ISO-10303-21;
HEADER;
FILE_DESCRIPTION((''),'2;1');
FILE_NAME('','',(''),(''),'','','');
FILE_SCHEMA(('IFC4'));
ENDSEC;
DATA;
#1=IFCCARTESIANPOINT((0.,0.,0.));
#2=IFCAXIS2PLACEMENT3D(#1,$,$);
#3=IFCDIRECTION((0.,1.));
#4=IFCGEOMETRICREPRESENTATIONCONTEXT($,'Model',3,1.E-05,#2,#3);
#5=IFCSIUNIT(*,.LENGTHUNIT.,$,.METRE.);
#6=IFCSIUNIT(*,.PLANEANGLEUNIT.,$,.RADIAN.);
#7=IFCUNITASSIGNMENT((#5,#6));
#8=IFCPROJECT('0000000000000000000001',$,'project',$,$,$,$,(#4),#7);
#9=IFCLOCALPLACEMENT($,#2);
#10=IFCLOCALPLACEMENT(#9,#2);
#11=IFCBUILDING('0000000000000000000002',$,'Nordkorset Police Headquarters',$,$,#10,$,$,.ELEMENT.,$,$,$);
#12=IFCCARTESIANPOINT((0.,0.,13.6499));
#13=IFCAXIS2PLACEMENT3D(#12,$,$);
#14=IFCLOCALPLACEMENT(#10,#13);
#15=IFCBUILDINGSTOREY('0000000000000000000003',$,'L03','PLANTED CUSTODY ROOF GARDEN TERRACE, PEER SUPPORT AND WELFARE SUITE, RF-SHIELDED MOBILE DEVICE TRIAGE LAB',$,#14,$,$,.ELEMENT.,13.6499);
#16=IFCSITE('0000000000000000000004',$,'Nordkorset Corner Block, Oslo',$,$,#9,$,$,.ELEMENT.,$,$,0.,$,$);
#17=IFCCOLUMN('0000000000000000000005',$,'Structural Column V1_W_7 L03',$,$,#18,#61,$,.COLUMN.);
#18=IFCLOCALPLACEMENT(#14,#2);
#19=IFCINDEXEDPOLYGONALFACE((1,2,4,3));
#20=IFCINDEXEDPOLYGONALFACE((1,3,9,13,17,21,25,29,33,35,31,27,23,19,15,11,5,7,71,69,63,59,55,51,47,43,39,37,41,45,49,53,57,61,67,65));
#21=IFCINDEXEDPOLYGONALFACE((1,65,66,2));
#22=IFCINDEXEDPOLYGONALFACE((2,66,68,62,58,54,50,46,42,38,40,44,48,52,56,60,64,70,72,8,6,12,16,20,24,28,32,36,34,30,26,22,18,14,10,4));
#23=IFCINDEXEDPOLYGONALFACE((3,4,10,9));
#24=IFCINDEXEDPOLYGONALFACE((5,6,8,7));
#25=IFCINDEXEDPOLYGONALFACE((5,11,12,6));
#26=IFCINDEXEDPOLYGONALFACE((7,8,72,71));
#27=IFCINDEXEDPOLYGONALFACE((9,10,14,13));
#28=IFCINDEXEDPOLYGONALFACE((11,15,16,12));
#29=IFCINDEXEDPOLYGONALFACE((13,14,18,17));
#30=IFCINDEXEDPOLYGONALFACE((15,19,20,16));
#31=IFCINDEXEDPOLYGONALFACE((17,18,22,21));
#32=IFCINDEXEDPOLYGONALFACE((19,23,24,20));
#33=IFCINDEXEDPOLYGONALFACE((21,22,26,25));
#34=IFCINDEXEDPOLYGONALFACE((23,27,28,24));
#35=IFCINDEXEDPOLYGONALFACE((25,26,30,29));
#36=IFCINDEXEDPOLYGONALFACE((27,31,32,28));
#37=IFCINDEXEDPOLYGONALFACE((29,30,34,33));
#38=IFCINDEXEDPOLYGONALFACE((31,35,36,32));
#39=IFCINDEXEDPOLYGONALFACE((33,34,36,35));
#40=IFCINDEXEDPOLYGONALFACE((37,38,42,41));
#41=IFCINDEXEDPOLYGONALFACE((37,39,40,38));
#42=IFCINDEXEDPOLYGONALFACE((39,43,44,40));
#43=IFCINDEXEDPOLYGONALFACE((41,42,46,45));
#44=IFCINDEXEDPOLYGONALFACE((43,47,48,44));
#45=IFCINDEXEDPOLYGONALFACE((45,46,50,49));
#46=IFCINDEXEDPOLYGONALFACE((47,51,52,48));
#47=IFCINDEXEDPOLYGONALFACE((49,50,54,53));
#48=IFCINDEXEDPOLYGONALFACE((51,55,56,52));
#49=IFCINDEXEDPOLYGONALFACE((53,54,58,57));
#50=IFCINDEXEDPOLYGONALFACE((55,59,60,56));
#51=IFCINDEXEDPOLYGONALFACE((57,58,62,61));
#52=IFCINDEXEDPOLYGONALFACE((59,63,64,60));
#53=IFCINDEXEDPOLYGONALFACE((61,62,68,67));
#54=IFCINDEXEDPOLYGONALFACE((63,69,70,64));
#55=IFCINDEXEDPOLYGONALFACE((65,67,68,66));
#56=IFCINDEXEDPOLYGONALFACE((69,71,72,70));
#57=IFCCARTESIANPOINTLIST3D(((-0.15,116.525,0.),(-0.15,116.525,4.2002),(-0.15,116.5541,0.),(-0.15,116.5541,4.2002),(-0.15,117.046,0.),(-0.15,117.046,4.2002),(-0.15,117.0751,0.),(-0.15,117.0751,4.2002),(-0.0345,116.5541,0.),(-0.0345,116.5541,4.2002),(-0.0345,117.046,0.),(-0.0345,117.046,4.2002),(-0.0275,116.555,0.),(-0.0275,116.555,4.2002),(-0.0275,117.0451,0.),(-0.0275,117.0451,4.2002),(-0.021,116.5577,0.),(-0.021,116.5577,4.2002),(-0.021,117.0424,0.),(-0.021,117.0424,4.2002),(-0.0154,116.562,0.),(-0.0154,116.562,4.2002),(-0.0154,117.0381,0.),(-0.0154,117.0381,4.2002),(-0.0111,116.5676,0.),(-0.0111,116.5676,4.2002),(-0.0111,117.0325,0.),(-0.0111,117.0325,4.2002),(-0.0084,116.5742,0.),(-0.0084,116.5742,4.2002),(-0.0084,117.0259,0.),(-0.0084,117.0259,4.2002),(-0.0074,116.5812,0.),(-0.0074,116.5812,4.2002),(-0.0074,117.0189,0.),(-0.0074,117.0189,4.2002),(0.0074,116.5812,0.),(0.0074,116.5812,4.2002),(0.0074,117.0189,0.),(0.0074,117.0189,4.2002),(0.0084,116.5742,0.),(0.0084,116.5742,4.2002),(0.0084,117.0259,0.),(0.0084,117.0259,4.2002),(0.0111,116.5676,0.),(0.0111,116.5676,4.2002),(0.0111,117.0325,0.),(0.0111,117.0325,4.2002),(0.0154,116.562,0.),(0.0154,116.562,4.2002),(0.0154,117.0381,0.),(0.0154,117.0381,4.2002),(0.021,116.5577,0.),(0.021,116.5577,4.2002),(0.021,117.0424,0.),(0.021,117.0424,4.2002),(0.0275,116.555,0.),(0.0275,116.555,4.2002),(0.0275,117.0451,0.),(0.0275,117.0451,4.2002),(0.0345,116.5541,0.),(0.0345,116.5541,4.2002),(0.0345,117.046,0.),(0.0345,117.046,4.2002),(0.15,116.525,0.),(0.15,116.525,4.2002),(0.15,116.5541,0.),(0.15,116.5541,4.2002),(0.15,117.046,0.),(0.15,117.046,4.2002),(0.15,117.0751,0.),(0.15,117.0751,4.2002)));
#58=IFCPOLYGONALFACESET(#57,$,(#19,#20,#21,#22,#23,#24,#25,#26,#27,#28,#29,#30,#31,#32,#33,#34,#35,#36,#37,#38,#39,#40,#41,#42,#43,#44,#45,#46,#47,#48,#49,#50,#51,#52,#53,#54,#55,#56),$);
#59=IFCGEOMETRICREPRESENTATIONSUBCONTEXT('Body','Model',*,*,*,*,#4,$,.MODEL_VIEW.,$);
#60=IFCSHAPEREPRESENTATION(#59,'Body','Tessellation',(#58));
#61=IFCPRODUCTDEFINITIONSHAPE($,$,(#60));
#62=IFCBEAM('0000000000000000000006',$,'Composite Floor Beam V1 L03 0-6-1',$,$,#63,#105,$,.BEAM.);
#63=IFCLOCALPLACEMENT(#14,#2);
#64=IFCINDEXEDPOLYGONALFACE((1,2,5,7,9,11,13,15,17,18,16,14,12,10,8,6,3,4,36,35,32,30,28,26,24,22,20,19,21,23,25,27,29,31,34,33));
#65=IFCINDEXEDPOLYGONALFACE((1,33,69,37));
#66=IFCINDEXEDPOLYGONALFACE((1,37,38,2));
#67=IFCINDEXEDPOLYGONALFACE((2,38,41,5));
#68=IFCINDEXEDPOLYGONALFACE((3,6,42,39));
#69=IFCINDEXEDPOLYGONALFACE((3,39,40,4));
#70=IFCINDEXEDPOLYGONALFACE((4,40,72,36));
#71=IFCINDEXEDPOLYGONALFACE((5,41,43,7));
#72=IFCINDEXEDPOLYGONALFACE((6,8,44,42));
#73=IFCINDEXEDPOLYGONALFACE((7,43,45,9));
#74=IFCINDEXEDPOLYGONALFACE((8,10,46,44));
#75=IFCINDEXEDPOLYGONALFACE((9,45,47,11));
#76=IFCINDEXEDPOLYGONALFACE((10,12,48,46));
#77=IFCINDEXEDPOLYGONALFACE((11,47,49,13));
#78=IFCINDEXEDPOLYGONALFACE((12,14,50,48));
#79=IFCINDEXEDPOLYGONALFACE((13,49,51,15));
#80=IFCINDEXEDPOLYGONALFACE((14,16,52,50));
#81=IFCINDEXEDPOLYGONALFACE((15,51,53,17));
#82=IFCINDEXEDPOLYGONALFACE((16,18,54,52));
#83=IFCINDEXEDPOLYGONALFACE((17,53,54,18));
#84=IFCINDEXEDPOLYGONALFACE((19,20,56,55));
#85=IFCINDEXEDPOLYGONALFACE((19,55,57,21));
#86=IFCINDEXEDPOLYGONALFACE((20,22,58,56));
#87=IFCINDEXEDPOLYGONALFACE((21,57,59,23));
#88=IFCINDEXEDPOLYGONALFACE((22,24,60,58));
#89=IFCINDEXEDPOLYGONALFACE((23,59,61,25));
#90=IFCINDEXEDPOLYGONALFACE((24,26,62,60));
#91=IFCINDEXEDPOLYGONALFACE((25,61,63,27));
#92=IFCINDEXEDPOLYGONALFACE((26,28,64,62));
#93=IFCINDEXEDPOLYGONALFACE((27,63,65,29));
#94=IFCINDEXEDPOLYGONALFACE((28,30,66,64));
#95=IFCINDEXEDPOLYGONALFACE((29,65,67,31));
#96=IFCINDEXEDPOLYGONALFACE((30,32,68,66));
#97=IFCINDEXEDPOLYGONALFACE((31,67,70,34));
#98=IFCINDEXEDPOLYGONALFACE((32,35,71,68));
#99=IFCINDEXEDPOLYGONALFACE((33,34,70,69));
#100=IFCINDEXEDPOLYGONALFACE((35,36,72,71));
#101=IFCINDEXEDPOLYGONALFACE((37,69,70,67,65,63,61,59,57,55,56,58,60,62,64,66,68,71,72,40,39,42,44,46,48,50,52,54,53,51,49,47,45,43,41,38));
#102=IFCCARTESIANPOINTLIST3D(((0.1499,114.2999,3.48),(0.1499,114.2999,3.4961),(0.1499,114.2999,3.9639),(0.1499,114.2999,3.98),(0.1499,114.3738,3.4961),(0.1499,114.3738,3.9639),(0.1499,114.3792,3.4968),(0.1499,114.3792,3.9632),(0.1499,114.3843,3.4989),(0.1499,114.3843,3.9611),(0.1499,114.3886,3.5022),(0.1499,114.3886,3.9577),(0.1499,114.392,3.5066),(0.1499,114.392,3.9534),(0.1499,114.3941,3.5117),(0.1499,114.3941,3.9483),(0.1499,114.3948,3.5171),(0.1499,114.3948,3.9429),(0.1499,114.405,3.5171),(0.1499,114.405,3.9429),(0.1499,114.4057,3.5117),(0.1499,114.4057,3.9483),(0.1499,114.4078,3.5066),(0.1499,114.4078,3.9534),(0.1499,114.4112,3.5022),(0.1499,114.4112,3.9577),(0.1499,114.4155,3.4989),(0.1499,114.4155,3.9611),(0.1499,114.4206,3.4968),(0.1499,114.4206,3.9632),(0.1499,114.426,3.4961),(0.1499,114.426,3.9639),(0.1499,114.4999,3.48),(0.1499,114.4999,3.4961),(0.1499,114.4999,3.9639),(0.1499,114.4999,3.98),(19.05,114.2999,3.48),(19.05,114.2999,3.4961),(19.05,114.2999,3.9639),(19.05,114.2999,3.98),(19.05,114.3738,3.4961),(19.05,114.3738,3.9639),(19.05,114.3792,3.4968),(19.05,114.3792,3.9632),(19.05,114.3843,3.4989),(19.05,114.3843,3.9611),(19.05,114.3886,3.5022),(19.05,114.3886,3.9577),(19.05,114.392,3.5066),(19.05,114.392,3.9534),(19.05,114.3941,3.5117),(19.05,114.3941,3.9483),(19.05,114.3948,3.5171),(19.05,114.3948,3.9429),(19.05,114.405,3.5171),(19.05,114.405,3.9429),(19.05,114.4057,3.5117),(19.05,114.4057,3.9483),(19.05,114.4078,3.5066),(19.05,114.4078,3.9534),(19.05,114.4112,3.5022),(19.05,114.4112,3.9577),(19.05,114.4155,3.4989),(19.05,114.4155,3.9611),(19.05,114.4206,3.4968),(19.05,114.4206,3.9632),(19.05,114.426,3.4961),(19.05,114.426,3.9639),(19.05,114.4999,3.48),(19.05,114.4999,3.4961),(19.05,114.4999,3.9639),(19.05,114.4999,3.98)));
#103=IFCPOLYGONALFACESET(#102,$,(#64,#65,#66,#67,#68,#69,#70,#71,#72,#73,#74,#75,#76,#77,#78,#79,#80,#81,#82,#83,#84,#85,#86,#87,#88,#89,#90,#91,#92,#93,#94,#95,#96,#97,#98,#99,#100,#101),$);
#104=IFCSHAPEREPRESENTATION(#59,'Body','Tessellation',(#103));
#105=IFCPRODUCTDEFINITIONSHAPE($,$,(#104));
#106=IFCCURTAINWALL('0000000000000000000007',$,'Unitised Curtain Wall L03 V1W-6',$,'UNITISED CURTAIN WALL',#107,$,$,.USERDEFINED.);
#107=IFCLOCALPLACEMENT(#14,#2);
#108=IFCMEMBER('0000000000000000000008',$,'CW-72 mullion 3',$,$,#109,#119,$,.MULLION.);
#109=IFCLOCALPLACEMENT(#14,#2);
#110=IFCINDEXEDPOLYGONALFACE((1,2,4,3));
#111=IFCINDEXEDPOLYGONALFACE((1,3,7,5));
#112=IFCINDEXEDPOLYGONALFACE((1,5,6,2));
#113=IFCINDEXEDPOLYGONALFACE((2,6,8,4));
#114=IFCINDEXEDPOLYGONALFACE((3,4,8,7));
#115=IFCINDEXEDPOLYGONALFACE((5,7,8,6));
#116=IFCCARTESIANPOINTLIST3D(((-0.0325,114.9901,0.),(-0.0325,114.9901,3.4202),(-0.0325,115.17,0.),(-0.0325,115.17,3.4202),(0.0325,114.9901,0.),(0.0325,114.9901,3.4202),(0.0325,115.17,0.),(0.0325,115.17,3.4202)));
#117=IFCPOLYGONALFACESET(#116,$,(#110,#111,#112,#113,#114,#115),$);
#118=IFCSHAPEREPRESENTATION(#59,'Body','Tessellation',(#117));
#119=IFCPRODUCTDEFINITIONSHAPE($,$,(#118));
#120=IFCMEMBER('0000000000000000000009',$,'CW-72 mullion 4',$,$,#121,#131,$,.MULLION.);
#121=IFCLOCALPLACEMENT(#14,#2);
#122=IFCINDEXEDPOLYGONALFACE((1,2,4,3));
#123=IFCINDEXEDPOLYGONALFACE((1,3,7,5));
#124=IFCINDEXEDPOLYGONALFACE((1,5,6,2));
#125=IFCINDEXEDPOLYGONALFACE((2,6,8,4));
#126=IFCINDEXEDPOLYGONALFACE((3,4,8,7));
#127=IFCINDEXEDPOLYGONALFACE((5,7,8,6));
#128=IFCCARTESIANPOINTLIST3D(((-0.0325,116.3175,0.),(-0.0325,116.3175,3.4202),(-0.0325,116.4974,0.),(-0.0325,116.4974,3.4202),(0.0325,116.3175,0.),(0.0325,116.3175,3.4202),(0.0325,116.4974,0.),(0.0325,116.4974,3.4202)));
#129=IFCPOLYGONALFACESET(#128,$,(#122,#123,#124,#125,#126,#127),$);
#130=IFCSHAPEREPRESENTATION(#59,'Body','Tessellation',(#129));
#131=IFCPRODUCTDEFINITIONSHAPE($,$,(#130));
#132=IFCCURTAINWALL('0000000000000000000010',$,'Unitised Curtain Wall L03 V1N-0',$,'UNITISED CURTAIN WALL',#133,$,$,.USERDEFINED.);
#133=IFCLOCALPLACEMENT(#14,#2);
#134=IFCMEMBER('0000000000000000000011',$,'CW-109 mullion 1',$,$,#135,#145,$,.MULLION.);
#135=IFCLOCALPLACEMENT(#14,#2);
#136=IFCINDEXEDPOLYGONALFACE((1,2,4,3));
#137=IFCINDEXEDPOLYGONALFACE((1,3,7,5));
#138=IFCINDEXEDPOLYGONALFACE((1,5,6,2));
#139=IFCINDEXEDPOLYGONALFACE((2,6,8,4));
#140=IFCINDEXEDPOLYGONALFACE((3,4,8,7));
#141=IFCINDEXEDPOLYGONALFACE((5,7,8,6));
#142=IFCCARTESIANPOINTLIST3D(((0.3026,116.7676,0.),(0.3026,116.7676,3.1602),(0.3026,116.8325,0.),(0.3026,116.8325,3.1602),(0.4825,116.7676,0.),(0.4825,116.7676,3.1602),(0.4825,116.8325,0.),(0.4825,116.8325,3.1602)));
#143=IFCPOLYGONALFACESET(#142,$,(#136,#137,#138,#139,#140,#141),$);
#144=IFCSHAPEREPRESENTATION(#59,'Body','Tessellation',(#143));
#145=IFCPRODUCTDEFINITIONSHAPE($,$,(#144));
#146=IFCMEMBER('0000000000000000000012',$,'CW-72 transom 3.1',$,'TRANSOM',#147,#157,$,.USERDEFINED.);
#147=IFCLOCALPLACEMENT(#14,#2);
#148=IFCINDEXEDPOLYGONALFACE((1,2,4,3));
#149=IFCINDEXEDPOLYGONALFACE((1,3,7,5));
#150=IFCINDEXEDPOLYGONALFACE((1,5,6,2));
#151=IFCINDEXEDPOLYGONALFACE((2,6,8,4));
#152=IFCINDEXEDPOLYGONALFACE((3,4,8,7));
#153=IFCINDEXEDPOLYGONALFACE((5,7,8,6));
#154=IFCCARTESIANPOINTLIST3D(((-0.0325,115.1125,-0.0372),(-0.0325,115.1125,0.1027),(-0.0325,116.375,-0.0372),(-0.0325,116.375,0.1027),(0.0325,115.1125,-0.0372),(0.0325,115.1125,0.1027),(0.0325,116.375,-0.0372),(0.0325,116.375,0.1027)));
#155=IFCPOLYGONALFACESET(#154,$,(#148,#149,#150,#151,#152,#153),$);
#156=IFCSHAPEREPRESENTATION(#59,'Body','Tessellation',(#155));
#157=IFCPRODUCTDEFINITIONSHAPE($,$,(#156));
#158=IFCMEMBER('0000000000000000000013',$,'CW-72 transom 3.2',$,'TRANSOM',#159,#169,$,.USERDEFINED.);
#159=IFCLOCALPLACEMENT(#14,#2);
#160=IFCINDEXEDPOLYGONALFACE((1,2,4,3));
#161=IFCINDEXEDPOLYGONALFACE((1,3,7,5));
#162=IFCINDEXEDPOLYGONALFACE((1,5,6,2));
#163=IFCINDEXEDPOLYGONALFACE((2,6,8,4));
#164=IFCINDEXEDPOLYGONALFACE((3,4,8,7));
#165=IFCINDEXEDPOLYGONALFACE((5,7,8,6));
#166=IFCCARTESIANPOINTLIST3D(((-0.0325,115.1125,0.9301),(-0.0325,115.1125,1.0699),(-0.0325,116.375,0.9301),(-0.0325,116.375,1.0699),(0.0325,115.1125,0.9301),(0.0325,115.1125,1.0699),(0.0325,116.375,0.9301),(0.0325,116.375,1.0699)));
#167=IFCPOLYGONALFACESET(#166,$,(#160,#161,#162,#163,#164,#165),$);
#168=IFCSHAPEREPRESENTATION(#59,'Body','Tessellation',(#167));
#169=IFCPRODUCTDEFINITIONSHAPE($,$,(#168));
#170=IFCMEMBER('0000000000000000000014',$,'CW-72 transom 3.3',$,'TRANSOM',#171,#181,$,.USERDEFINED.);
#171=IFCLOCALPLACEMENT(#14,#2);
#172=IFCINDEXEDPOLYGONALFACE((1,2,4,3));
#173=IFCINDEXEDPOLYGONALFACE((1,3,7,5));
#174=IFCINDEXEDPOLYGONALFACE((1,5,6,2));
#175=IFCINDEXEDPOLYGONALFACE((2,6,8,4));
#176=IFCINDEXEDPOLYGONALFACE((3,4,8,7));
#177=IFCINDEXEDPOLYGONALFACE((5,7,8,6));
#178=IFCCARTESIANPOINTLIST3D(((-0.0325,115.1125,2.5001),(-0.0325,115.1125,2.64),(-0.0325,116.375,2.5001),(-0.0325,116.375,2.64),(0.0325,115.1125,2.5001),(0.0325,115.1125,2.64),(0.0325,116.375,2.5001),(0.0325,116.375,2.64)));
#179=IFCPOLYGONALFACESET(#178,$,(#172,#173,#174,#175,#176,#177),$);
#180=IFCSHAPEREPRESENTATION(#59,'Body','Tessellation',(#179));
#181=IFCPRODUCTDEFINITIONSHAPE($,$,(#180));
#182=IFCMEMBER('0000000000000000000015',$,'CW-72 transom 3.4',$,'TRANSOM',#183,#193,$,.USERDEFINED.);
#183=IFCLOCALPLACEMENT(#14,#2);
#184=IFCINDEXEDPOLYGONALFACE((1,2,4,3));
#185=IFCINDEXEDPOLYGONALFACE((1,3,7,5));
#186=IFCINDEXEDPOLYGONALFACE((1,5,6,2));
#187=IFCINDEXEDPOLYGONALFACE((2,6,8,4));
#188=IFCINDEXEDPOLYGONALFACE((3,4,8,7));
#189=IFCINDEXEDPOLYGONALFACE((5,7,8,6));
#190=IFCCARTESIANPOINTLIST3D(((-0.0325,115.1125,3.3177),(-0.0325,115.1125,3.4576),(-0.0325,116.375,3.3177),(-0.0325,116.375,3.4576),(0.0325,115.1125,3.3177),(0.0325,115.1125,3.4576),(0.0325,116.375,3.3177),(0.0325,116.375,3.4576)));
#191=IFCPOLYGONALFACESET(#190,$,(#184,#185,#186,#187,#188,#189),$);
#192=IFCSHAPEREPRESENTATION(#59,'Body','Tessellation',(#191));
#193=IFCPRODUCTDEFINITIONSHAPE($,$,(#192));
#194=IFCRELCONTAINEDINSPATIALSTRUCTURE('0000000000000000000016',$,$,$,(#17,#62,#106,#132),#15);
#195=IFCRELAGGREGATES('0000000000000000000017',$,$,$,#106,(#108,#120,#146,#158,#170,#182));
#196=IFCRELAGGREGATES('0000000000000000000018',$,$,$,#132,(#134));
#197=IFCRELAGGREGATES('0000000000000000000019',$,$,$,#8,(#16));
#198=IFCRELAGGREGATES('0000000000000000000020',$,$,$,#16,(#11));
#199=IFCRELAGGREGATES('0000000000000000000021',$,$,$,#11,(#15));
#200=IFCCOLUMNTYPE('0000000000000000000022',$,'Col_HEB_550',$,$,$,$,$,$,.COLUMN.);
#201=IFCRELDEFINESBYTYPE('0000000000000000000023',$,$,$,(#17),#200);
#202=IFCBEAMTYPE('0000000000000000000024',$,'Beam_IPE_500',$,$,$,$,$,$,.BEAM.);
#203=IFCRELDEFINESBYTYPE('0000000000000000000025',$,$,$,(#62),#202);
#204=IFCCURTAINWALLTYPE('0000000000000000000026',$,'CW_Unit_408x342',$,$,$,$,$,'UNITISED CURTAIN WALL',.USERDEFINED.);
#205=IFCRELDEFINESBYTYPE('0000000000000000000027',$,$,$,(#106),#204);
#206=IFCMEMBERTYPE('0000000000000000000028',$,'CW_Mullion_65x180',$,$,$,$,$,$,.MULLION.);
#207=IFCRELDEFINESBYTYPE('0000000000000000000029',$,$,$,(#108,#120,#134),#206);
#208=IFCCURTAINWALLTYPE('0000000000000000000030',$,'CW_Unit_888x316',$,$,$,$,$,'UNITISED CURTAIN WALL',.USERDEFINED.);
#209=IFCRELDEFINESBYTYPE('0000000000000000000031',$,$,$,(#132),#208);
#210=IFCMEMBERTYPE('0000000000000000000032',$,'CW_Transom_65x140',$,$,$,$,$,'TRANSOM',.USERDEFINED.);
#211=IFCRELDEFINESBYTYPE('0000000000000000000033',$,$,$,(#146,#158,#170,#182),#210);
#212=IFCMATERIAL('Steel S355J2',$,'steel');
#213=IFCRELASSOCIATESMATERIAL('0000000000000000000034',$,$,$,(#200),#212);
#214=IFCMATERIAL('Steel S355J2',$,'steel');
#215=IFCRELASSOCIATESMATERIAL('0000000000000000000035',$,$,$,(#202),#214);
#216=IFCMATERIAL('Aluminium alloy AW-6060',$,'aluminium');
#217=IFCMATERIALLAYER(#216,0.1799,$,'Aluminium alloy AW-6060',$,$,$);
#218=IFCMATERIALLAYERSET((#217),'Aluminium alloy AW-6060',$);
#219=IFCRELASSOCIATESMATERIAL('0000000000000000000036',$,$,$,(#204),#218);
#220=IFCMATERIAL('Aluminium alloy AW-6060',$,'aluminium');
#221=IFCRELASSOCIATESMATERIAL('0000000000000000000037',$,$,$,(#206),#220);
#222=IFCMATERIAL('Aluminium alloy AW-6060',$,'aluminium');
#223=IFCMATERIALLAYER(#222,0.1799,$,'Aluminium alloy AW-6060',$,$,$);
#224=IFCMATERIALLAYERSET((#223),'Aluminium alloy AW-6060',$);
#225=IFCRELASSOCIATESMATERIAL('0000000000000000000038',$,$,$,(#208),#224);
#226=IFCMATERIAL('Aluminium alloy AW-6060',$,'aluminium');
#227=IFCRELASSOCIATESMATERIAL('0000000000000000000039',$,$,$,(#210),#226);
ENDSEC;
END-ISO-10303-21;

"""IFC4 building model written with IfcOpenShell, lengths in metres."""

from ifc_helpers import new_model, si_unit, direction, frame, origin, origin_2d, place, context, subcontext, project, spatial, rectangle, i_section, extrude, material, layer, layer_set, material_profile, profile_set, type_object, element, aggregate, save


model = new_model("IFC4")

# Units and contexts
model_context = context("Model", 3, precision=1e-05, world=origin(), true_north=direction((0.0, 1.0)))
body_context = subcontext(model_context, "Body", "Model", "MODEL_VIEW")
ifc_project = project(units=[si_unit("LENGTHUNIT", "METRE"), si_unit("PLANEANGLEUNIT", "RADIAN")], contexts=[model_context])

# Site, building, storey
site_placement = place(None, origin())
site = spatial("IfcSite", under=ifc_project, at=site_placement, Name="Nordkorset Corner Block, Oslo", CompositionType="ELEMENT", RefElevation=0.0)
building_placement = place(site_placement, origin())
building = spatial("IfcBuilding", under=site, at=building_placement, Name="Nordkorset Police Headquarters", CompositionType="ELEMENT")
storey_placement = place(building_placement, frame((0.0, 0.0, 13.6499)))
storey = spatial("IfcBuildingStorey", under=building, at=storey_placement, Name="L03", Description="PLANTED CUSTODY ROOF GARDEN TERRACE, PEER SUPPORT AND WELFARE SUITE, RF-SHIELDED MOBILE DEVICE TRIAGE LAB", CompositionType="ELEMENT", Elevation=13.6499)

# Column
ifc_material_1 = material(Name="Steel S355J2", Category="steel")
ifc_material_profile_1 = material_profile(ifc_material_1, i_section(OverallWidth=0.3, OverallDepth=0.55, WebThickness=0.0149, FlangeThickness=0.0291, FilletRadius=0.0271, at=origin_2d()), Name="HEB 550")
ifc_profile_set_1 = profile_set([ifc_material_profile_1], Name="Steel S355J2")
column_type = type_object("IfcColumnType", Name="Col_HEB_550", PredefinedType="COLUMN", material=ifc_profile_set_1)
column_placement = place(storey_placement, frame((0.0, 116.8, 0.0), z_axis=(0.0, 0.0, 1.0), x_axis=(1.0, 0.0, 0.0)))
element("IfcColumn", 1, at=column_placement, inside=storey, type_object=column_type, Name="Structural Column V1_W_7 L03", PredefinedType="COLUMN", context=body_context, shape_type="SweptSolid", body=[
    extrude(i_section(OverallWidth=0.3, OverallDepth=0.55, WebThickness=0.0149, FlangeThickness=0.0291, FilletRadius=0.0271, at=origin_2d()), origin(), (0.0, 0.0, 1.0), 4.2002),
])

# Beam
ifc_material_2 = material(Name="Steel S355J2", Category="steel")
ifc_material_profile_2 = material_profile(ifc_material_2, i_section(OverallWidth=0.2, OverallDepth=0.5, WebThickness=0.0103, FlangeThickness=0.0161, FilletRadius=0.021, at=origin_2d()), Name="IPE 500")
ifc_profile_set_2 = profile_set([ifc_material_profile_2], Name="Steel S355J2")
beam_type_1 = type_object("IfcBeamType", Name="Beam_IPE_500", PredefinedType="BEAM", material=ifc_profile_set_2)
beam_1_placement = place(storey_placement, frame((0.1499, 114.3999, 3.73), z_axis=(1.0, 0.0, 0.0), x_axis=(0.0, 1.0, 0.0)))
element("IfcBeam", 2, at=beam_1_placement, inside=storey, type_object=beam_type_1, Name="Composite Floor Beam V1 L03 0-6-1", PredefinedType="BEAM", context=body_context, shape_type="SweptSolid", body=[
    extrude(i_section(OverallWidth=0.2, OverallDepth=0.5, WebThickness=0.0103, FlangeThickness=0.0161, FilletRadius=0.021, at=origin_2d()), origin(), (0.0, 0.0, 1.0), 18.9001),
])

# Curtain wall, members
ifc_material_3 = material(Name="Aluminium alloy AW-6060", Category="aluminium")
ifc_layer_1 = layer(ifc_material_3, 0.1799, Name="Aluminium alloy AW-6060")
ifc_layer_set_1 = layer_set([ifc_layer_1], Name="Aluminium alloy AW-6060")
curtain_wall_type_1 = type_object("IfcCurtainWallType", Name="CW_Unit_408x342", ElementType="UNITISED CURTAIN WALL", PredefinedType="USERDEFINED", material=ifc_layer_set_1)
curtain_wall_1_placement = place(storey_placement, origin())
curtain_wall_1 = element("IfcCurtainWall", 3, at=curtain_wall_1_placement, inside=storey, type_object=curtain_wall_type_1, Name="Unitised Curtain Wall L03 V1W-6", ObjectType="UNITISED CURTAIN WALL", PredefinedType="USERDEFINED")
ifc_material_4 = material(Name="Aluminium alloy AW-6060", Category="aluminium")
ifc_material_profile_3 = material_profile(ifc_material_4, rectangle(XDim=0.0649, YDim=0.1799, at=origin_2d()), Name="ALU MULL 65x180")
ifc_profile_set_3 = profile_set([ifc_material_profile_3], Name="Aluminium alloy AW-6060")
member_type_1 = type_object("IfcMemberType", Name="CW_Mullion_65x180", PredefinedType="MULLION", material=ifc_profile_set_3)
member_1_placement = place(storey_placement, frame((0.0, 115.0801, 0.0), z_axis=(0.0, 0.0, 1.0), x_axis=(-1.0, 0.0, 0.0)))
member_1 = element("IfcMember", 4, at=member_1_placement, type_object=member_type_1, Name="CW-72 mullion 3", PredefinedType="MULLION", context=body_context, shape_type="SweptSolid", body=[
    extrude(rectangle(XDim=0.0649, YDim=0.1799, at=origin_2d()), origin(), (0.0, 0.0, 1.0), 3.4202),
])
member_2_placement = place(storey_placement, frame((0.0, 116.4075, 0.0), z_axis=(0.0, 0.0, 1.0), x_axis=(-1.0, 0.0, 0.0)))
member_2 = element("IfcMember", 5, at=member_2_placement, type_object=member_type_1, Name="CW-72 mullion 4", PredefinedType="MULLION", context=body_context, shape_type="SweptSolid", body=[
    extrude(rectangle(XDim=0.0649, YDim=0.1799, at=origin_2d()), origin(), (0.0, 0.0, 1.0), 3.4202),
])

# Curtain wall, member
ifc_material_5 = material(Name="Aluminium alloy AW-6060", Category="aluminium")
ifc_layer_2 = layer(ifc_material_5, 0.1799, Name="Aluminium alloy AW-6060")
ifc_layer_set_2 = layer_set([ifc_layer_2], Name="Aluminium alloy AW-6060")
curtain_wall_type_2 = type_object("IfcCurtainWallType", Name="CW_Unit_888x316", ElementType="UNITISED CURTAIN WALL", PredefinedType="USERDEFINED", material=ifc_layer_set_2)
curtain_wall_2_placement = place(storey_placement, origin())
curtain_wall_2 = element("IfcCurtainWall", 6, at=curtain_wall_2_placement, inside=storey, type_object=curtain_wall_type_2, Name="Unitised Curtain Wall L03 V1N-0", ObjectType="UNITISED CURTAIN WALL", PredefinedType="USERDEFINED")
member_3_placement = place(storey_placement, frame((0.3926, 116.8, 0.0), z_axis=(0.0, 0.0, 1.0), x_axis=(0.0, 1.0, 0.0)))
member_3 = element("IfcMember", 7, at=member_3_placement, type_object=member_type_1, Name="CW-109 mullion 1", PredefinedType="MULLION", context=body_context, shape_type="SweptSolid", body=[
    extrude(rectangle(XDim=0.0649, YDim=0.1799, at=origin_2d()), origin(), (0.0, 0.0, 1.0), 3.1602),
])

# Members
ifc_material_6 = material(Name="Aluminium alloy AW-6060", Category="aluminium")
ifc_material_profile_4 = material_profile(ifc_material_6, rectangle(XDim=0.0649, YDim=0.1399, at=origin_2d()), Name="ALU TRAN 65x140")
ifc_profile_set_4 = profile_set([ifc_material_profile_4], Name="Aluminium alloy AW-6060")
member_type_2 = type_object("IfcMemberType", Name="CW_Transom_65x140", ElementType="TRANSOM", PredefinedType="USERDEFINED", material=ifc_profile_set_4)
member_4_placement = place(storey_placement, frame((0.0, 115.1125, 0.0327), z_axis=(0.0, 1.0, 0.0), x_axis=(-1.0, 0.0, 0.0)))
member_4 = element("IfcMember", 8, at=member_4_placement, type_object=member_type_2, Name="CW-72 transom 3.1", ObjectType="TRANSOM", PredefinedType="USERDEFINED", context=body_context, shape_type="SweptSolid", body=[
    extrude(rectangle(XDim=0.0649, YDim=0.1399, at=origin_2d()), origin(), (0.0, 0.0, 1.0), 1.2625),
])
member_5_placement = place(storey_placement, frame((0.0, 115.1125, 1.0), z_axis=(0.0, 1.0, 0.0), x_axis=(-1.0, 0.0, 0.0)))
member_5 = element("IfcMember", 9, at=member_5_placement, type_object=member_type_2, Name="CW-72 transom 3.2", ObjectType="TRANSOM", PredefinedType="USERDEFINED", context=body_context, shape_type="SweptSolid", body=[
    extrude(rectangle(XDim=0.0649, YDim=0.1399, at=origin_2d()), origin(), (0.0, 0.0, 1.0), 1.2625),
])
member_6_placement = place(storey_placement, frame((0.0, 115.1125, 2.5701), z_axis=(0.0, 1.0, 0.0), x_axis=(-1.0, 0.0, 0.0)))
member_6 = element("IfcMember", 10, at=member_6_placement, type_object=member_type_2, Name="CW-72 transom 3.3", ObjectType="TRANSOM", PredefinedType="USERDEFINED", context=body_context, shape_type="SweptSolid", body=[
    extrude(rectangle(XDim=0.0649, YDim=0.1399, at=origin_2d()), origin(), (0.0, 0.0, 1.0), 1.2625),
])
member_7_placement = place(storey_placement, frame((0.0, 115.1125, 3.3877), z_axis=(0.0, 1.0, 0.0), x_axis=(-1.0, 0.0, 0.0)))
member_7 = element("IfcMember", 11, at=member_7_placement, type_object=member_type_2, Name="CW-72 transom 3.4", ObjectType="TRANSOM", PredefinedType="USERDEFINED", context=body_context, shape_type="SweptSolid", body=[
    extrude(rectangle(XDim=0.0649, YDim=0.1399, at=origin_2d()), origin(), (0.0, 0.0, 1.0), 1.2625),
])

aggregate(curtain_wall_1, [member_1, member_2, member_4, member_5, member_6, member_7])
aggregate(curtain_wall_2, [member_3])

save(model, "model.ifc")
